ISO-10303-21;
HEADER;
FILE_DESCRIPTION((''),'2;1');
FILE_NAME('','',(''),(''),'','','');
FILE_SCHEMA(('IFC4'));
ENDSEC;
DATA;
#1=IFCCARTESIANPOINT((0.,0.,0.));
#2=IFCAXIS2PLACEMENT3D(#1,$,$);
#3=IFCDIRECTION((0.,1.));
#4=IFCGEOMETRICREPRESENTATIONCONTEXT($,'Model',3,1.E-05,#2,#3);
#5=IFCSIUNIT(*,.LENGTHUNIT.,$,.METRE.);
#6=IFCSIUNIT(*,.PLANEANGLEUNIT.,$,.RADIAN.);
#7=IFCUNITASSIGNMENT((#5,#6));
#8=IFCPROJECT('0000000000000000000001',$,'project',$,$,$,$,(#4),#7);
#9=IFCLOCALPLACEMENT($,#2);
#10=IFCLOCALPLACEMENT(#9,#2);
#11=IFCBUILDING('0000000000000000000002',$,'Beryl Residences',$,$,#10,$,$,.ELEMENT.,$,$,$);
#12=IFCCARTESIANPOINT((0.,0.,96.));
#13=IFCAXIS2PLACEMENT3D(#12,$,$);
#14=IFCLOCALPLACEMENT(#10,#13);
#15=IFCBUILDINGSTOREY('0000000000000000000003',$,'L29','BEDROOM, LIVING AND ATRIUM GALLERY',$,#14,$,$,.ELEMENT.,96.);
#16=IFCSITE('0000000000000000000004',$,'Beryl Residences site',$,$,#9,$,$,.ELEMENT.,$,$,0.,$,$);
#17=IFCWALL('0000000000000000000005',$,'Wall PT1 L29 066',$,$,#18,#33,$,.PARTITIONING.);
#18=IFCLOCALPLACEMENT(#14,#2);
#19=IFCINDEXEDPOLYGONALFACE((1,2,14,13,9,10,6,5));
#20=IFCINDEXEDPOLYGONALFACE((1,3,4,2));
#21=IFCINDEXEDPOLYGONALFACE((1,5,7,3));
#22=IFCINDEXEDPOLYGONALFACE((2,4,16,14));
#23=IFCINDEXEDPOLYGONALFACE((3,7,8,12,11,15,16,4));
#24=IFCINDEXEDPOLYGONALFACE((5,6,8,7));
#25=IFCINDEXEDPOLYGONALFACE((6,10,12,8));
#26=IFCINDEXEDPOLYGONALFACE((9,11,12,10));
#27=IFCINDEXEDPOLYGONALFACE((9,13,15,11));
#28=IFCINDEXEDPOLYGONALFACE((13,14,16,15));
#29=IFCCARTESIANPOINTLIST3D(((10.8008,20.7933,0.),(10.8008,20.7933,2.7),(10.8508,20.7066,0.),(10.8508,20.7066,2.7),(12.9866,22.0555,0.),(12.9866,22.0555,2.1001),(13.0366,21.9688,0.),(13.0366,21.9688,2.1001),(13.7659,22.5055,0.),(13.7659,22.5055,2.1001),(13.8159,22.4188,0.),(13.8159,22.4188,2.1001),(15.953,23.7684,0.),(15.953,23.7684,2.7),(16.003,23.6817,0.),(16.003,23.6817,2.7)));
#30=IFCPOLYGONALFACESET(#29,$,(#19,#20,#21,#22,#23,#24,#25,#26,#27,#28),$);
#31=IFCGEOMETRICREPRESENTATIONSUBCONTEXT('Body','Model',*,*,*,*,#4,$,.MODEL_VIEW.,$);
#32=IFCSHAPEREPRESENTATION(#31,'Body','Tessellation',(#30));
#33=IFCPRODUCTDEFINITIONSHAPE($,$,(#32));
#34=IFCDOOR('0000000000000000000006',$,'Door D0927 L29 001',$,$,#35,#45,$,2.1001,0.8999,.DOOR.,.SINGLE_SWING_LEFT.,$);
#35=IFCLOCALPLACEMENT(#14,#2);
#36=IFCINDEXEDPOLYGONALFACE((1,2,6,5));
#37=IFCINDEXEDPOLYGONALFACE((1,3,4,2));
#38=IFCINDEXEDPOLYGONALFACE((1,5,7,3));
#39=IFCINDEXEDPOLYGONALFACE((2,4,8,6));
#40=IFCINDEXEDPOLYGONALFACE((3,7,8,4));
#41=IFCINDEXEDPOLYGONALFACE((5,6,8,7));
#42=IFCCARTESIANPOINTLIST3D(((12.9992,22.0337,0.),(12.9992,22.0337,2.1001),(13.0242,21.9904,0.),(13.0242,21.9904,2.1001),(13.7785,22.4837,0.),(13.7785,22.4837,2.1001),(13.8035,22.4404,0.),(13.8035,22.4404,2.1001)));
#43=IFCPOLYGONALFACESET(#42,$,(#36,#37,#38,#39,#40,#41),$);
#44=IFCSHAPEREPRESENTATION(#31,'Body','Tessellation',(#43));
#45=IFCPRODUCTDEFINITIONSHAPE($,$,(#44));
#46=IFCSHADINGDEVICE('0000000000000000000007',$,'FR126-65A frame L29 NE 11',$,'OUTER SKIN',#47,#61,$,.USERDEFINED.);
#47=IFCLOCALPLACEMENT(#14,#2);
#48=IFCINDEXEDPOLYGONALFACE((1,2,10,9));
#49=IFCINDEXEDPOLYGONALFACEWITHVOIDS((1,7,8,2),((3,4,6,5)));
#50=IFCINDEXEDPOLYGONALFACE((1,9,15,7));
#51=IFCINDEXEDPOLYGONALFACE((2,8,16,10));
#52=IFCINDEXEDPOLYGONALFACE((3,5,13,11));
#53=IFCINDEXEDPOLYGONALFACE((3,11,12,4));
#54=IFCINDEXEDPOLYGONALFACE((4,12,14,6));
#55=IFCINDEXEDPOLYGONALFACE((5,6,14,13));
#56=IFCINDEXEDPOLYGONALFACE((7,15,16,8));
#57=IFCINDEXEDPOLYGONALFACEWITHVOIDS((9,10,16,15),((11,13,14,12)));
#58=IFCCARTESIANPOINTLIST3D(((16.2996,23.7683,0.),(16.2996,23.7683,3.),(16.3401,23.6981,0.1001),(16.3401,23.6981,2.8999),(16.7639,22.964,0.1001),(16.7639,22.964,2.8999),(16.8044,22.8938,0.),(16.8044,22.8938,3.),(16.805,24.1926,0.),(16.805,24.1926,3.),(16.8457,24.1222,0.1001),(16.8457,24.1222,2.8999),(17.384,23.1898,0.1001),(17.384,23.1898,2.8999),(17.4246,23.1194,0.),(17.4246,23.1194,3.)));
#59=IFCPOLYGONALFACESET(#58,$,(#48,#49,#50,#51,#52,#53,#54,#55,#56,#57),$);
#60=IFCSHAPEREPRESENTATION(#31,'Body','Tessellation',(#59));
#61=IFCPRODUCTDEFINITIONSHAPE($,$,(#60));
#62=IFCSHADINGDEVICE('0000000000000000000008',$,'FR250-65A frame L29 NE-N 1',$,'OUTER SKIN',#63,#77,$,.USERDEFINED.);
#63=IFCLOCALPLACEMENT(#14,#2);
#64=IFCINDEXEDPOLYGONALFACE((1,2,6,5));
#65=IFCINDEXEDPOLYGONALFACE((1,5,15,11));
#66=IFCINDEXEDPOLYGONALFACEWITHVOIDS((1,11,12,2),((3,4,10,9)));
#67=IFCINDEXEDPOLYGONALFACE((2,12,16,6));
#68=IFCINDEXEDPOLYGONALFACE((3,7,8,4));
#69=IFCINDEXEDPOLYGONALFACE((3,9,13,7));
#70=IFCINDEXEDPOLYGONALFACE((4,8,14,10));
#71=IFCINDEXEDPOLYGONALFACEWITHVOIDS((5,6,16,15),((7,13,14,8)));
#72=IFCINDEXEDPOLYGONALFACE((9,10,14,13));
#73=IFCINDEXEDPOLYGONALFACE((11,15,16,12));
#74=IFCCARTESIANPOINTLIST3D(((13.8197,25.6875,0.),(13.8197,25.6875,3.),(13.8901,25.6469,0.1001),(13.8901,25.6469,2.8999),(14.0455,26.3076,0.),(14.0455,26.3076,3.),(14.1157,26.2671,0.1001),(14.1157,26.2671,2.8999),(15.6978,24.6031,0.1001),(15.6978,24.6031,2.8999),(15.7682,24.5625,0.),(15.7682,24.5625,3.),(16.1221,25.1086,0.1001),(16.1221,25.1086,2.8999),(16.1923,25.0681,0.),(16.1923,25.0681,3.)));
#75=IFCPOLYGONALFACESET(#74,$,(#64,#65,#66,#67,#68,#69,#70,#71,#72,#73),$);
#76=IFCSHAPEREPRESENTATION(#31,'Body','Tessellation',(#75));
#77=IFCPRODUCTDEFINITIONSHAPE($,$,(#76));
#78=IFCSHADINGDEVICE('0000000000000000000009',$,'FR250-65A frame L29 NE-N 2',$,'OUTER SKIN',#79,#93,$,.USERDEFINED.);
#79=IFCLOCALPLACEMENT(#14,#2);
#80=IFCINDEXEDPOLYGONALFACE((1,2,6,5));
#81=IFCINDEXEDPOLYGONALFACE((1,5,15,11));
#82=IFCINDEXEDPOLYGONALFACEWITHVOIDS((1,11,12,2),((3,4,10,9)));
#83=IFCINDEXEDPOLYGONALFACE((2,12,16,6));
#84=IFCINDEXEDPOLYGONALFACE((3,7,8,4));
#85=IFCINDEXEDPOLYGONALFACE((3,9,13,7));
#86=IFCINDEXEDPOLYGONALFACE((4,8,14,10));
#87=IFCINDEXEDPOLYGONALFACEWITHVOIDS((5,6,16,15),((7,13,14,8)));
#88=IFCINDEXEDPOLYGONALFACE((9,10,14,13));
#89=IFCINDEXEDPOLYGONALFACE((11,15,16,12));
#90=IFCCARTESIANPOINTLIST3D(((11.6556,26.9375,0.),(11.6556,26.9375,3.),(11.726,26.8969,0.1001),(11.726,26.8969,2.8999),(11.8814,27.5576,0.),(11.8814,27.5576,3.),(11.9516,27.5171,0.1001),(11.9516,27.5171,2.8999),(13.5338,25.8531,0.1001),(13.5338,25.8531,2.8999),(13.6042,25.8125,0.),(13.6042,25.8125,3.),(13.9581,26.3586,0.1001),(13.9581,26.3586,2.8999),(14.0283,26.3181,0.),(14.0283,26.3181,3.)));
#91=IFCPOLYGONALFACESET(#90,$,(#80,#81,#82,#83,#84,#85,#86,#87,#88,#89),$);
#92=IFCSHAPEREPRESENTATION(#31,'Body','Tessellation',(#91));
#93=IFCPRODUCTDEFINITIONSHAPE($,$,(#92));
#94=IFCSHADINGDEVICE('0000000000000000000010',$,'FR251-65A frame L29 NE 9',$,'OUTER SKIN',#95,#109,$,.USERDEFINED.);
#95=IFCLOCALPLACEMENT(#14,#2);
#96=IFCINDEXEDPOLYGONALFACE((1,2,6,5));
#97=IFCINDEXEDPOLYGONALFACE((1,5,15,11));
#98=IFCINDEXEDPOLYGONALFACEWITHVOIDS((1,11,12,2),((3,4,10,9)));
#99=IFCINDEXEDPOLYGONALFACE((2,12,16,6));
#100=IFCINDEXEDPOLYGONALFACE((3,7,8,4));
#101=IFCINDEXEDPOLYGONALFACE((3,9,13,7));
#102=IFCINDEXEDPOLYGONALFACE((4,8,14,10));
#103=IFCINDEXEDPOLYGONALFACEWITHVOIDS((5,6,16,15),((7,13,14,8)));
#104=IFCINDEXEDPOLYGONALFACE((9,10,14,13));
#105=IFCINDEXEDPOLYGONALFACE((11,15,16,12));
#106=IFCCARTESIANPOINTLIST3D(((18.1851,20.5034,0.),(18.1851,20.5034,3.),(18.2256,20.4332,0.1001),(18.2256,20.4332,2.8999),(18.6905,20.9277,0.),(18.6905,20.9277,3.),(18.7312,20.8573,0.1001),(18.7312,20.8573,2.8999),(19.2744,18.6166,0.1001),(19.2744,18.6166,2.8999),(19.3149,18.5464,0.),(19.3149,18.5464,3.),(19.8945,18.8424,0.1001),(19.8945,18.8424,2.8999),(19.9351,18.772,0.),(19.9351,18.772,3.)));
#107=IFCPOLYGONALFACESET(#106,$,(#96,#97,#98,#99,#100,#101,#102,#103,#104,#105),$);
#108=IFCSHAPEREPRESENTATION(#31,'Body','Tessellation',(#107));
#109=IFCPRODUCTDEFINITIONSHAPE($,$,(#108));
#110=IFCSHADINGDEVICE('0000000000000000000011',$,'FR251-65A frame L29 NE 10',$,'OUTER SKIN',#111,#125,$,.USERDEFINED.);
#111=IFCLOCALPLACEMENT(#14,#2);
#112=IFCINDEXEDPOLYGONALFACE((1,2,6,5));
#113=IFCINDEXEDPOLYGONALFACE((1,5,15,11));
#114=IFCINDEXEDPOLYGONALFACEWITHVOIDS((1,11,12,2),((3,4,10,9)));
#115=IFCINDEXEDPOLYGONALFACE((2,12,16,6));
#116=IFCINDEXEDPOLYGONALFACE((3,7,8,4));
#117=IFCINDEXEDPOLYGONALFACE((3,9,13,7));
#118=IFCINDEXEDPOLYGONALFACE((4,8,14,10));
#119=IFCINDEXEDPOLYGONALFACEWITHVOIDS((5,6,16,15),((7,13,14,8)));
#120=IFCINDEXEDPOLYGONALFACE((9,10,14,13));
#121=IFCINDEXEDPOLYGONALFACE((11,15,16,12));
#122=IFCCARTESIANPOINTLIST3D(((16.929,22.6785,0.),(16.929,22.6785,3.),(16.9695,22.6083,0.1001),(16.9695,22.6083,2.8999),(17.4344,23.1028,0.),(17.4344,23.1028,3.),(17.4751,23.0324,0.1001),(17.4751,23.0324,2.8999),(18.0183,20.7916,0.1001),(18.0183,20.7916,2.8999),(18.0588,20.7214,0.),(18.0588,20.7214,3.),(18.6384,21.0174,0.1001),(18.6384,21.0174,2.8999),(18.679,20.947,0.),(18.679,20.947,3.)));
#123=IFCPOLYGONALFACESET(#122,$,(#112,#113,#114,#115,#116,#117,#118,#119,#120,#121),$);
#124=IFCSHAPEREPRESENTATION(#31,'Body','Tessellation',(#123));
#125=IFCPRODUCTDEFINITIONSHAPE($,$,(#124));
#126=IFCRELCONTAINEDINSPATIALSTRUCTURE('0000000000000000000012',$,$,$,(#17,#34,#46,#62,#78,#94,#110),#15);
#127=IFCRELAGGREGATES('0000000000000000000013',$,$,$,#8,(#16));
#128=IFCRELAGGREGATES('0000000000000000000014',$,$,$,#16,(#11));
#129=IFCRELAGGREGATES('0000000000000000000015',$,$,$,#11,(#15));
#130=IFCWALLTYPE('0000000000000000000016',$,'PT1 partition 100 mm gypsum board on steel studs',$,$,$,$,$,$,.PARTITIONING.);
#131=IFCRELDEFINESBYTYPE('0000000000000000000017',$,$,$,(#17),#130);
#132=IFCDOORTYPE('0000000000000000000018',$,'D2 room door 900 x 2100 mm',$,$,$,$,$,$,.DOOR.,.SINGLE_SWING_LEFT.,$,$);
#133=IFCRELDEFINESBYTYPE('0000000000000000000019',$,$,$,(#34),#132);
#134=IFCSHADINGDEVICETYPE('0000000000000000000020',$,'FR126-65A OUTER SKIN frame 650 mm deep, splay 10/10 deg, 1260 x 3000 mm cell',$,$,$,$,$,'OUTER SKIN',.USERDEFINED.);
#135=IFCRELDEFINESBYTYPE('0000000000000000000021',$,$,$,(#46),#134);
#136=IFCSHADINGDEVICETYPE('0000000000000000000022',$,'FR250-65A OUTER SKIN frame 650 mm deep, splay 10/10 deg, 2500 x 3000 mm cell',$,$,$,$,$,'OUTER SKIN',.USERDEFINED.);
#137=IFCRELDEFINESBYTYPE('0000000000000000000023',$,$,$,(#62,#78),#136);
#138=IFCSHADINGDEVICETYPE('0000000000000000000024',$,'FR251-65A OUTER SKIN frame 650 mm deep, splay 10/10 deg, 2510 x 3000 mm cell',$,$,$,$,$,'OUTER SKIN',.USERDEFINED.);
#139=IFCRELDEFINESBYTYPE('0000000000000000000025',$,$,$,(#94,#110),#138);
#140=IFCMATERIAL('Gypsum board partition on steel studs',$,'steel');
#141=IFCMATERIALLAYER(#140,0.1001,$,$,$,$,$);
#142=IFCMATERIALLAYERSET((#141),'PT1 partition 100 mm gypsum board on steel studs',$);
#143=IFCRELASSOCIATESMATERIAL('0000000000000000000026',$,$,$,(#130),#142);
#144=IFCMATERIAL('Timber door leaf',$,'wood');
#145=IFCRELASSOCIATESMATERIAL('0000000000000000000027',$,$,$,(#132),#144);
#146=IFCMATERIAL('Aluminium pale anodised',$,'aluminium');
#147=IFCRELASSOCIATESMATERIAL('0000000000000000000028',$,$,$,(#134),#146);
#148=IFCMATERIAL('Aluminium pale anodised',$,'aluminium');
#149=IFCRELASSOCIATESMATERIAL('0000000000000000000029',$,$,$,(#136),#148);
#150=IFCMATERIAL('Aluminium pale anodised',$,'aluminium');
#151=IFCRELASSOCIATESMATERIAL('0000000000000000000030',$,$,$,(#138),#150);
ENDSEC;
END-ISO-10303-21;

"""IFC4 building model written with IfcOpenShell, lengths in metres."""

from ifc_helpers import new_model, entity, si_unit, direction, frame, frame_2d, origin, place, context, subcontext, project, spatial, rectangle, extrude, source, transform, mapped, material, layer, layer_set, type_object, type_shapes, element, fill, save


model = new_model("IFC4")

# Units and contexts
model_context = context("Model", 3, precision=1e-05, world=origin(), true_north=direction((0.0, 1.0)))
body_context = subcontext(model_context, "Body", "Model", "MODEL_VIEW")
ifc_project = project(units=[si_unit("LENGTHUNIT", "METRE"), si_unit("PLANEANGLEUNIT", "RADIAN")], contexts=[model_context])

# Site, building, storey
site_placement = place(None, origin())
site = spatial("IfcSite", under=ifc_project, at=site_placement, Name="Beryl Residences site", CompositionType="ELEMENT", RefElevation=0.0)
building_placement = place(site_placement, origin())
building = spatial("IfcBuilding", under=site, at=building_placement, Name="Beryl Residences", CompositionType="ELEMENT")
storey_placement = place(building_placement, frame((0.0, 0.0, 96.0)))
storey = spatial("IfcBuildingStorey", under=building, at=storey_placement, Name="L29", Description="BEDROOM, LIVING AND ATRIUM GALLERY", CompositionType="ELEMENT", Elevation=96.0)

# Wall, opening, door
ifc_material_1 = material(Name="Gypsum board partition on steel studs", Category="steel")
ifc_layer_1 = layer(ifc_material_1, 0.1001)
ifc_layer_set_1 = layer_set([ifc_layer_1], Name="PT1 partition 100 mm gypsum board on steel studs")
wall_type_1 = type_object("IfcWallType", Name="PT1 partition 100 mm gypsum board on steel studs", PredefinedType="PARTITIONING", material=ifc_layer_set_1)
wall_1_placement = place(storey_placement, frame((10.8259, 20.75, 0.0), z_axis=(0.0, 0.0, 1.0), x_axis=(0.865987, 0.500067, 0.0)))
wall_1 = element("IfcWall", 1, at=wall_1_placement, inside=storey, type_object=wall_type_1, Name="Wall PT1 L29 066", PredefinedType="PARTITIONING", context=body_context, shape_type="SweptSolid", body=[
    extrude(rectangle(XDim=5.9495, YDim=0.1001, at=frame_2d((2.9746, 0.0))), origin(), (0.0, 0.0, 1.0), 2.7),
])
opening_1_placement = place(wall_1_placement, frame((2.5239, 0.0, 0.0)))
opening_1 = element("IfcOpeningElement", 2, at=opening_1_placement, cuts=wall_1, PredefinedType="OPENING", context=body_context, shape_type="SweptSolid", body=[
    extrude(rectangle(XDim=0.8999, YDim=2.1001, at=frame_2d((0.45, 1.05))), frame((0.0, 0.0601, 0.0), z_axis=(0.0, -1.0, 0.0), x_axis=(1.0, 0.0, 0.0)), (0.0, 0.0, 1.0), 0.1201),
])
ifc_material_2 = material(Name="Timber door leaf", Category="wood")
door_type = type_object("IfcDoorType", Name="D2 room door 900 x 2100 mm", OperationType="SINGLE_SWING_LEFT", PredefinedType="DOOR", material=ifc_material_2)
door_placement = place(opening_1_placement, origin())
door = element("IfcDoor", 3, at=door_placement, inside=storey, type_object=door_type, Name="Door D0927 L29 001", OperationType="SINGLE_SWING_LEFT", OverallHeight=2.1001, OverallWidth=0.8999, PredefinedType="DOOR", context=body_context, shape_type="SweptSolid", body=[
    extrude(rectangle(XDim=0.8999, YDim=2.1001, at=frame_2d((0.45, 1.05))), frame((0.0, 0.0249, 0.0), z_axis=(0.0, -1.0, 0.0), x_axis=(1.0, 0.0, 0.0)), (0.0, 0.0, 1.0), 0.05),
])
fill(opening_1, door)

# Shading devices
ifc_material_3 = material(Name="Aluminium pale anodised", Category="aluminium")
shading_device_type_1 = type_object("IfcShadingDeviceType", Name="FR126-65A OUTER SKIN frame 650 mm deep, splay 10/10 deg, 1260 x 3000 mm cell", ElementType="OUTER SKIN", PredefinedType="USERDEFINED", material=ifc_material_3)
cartesian_point_1 = entity("IfcCartesianPoint", [-0.5049, 0.0])
cartesian_point_2 = entity("IfcCartesianPoint", [-0.4238, 0.1001])
cartesian_point_3 = entity("IfcCartesianPoint", [-0.6196, 0.0])
cartesian_point_4 = entity("IfcCartesianPoint", [-0.5383, 0.1001])
shared_shape_1 = source(origin(), body_context, "Body", "SweptSolid", [
    entity("IfcExtrudedAreaSolidTapered", entity("IfcArbitraryProfileDefWithVoids", "AREA", None, entity("IfcPolyline", [cartesian_point_1, entity("IfcCartesianPoint", [0.5049, 0.0]), entity("IfcCartesianPoint", [0.5049, 3.0]), entity("IfcCartesianPoint", [-0.5049, 3.0]), cartesian_point_1]), [entity("IfcPolyline", [cartesian_point_2, entity("IfcCartesianPoint", [0.4238, 0.1001]), entity("IfcCartesianPoint", [0.4238, 2.8999]), entity("IfcCartesianPoint", [-0.4238, 2.8999]), cartesian_point_2])]), entity("IfcAxis2Placement3D", entity("IfcCartesianPoint", [0.0, 0.0, 0.0]), entity("IfcDirection", [0.0, 1.0, 0.0]), entity("IfcDirection", [-1.0, 0.0, 0.0])), entity("IfcDirection", [0.0, 0.0, 1.0]), 0.6499, entity("IfcArbitraryProfileDefWithVoids", "AREA", None, entity("IfcPolyline", [cartesian_point_3, entity("IfcCartesianPoint", [0.6196, 0.0]), entity("IfcCartesianPoint", [0.6196, 3.0]), entity("IfcCartesianPoint", [-0.6196, 3.0]), cartesian_point_3]), [entity("IfcPolyline", [cartesian_point_4, entity("IfcCartesianPoint", [0.5383, 0.1001]), entity("IfcCartesianPoint", [0.5383, 2.8999]), entity("IfcCartesianPoint", [-0.5383, 2.8999]), cartesian_point_4])])),
])
type_shapes(shading_device_type_1, [shared_shape_1])
shading_device_placement = place(storey_placement, frame((16.552, 23.3311, 0.0), z_axis=(0.0, 0.0, 1.0), x_axis=(0.5, -0.866025, 0.0)))
element("IfcShadingDevice", 4, at=shading_device_placement, inside=storey, type_object=shading_device_type_1, Name="FR126-65A frame L29 NE 11", ObjectType="OUTER SKIN", PredefinedType="USERDEFINED", context=body_context, shape_type="MappedRepresentation", body=[
    mapped(shared_shape_1, transform((0.0, 0.0, 0.0))),
])
ifc_material_4 = material(Name="Aluminium pale anodised", Category="aluminium")
shading_device_type_2 = type_object("IfcShadingDeviceType", Name="FR250-65A OUTER SKIN frame 650 mm deep, splay 10/10 deg, 2500 x 3000 mm cell", ElementType="OUTER SKIN", PredefinedType="USERDEFINED", material=ifc_material_4)
cartesian_point_5 = entity("IfcCartesianPoint", [-1.125, 0.0])
cartesian_point_6 = entity("IfcCartesianPoint", [-1.0437, 0.1001])
cartesian_point_7 = entity("IfcCartesianPoint", [-1.2395, 0.0])
cartesian_point_8 = entity("IfcCartesianPoint", [-1.1584, 0.1001])
shared_shape_2 = source(origin(), body_context, "Body", "SweptSolid", [
    entity("IfcExtrudedAreaSolidTapered", entity("IfcArbitraryProfileDefWithVoids", "AREA", None, entity("IfcPolyline", [cartesian_point_5, entity("IfcCartesianPoint", [1.125, 0.0]), entity("IfcCartesianPoint", [1.125, 3.0]), entity("IfcCartesianPoint", [-1.125, 3.0]), cartesian_point_5]), [entity("IfcPolyline", [cartesian_point_6, entity("IfcCartesianPoint", [1.0437, 0.1001]), entity("IfcCartesianPoint", [1.0437, 2.8999]), entity("IfcCartesianPoint", [-1.0437, 2.8999]), cartesian_point_6])]), entity("IfcAxis2Placement3D", entity("IfcCartesianPoint", [0.0, 0.0, 0.0]), entity("IfcDirection", [0.0, 1.0, 0.0]), entity("IfcDirection", [-1.0, 0.0, 0.0])), entity("IfcDirection", [0.0, 0.0, 1.0]), 0.6499, entity("IfcArbitraryProfileDefWithVoids", "AREA", None, entity("IfcPolyline", [cartesian_point_7, entity("IfcCartesianPoint", [1.2395, 0.0]), entity("IfcCartesianPoint", [1.2395, 3.0]), entity("IfcCartesianPoint", [-1.2395, 3.0]), cartesian_point_7]), [entity("IfcPolyline", [cartesian_point_8, entity("IfcCartesianPoint", [1.1584, 0.1001]), entity("IfcCartesianPoint", [1.1584, 2.8999]), entity("IfcCartesianPoint", [-1.1584, 2.8999]), cartesian_point_8])])),
])
type_shapes(shading_device_type_2, [shared_shape_2])
for number, where, z_axis, x_axis, name in (
    (5, (14.7939, 25.125, 0.0), (0.0, 0.0, 1.0), (0.866025, -0.5, 0.0), "FR250-65A frame L29 NE-N 1"),
    (6, (12.6299, 26.375, 0.0), (0.0, 0.0, 1.0), (0.866025, -0.5, 0.0), "FR250-65A frame L29 NE-N 2"),
):
    element("IfcShadingDevice", number, at=place(storey_placement, frame(where, z_axis=z_axis, x_axis=x_axis)), inside=storey, type_object=shading_device_type_2, Name=name, ObjectType="OUTER SKIN", PredefinedType="USERDEFINED", context=body_context, shape_type="MappedRepresentation", body=[
        mapped(shared_shape_2, transform((0.0, 0.0, 0.0))),
    ])
ifc_material_5 = material(Name="Aluminium pale anodised", Category="aluminium")
shading_device_type_3 = type_object("IfcShadingDeviceType", Name="FR251-65A OUTER SKIN frame 650 mm deep, splay 10/10 deg, 2510 x 3000 mm cell", ElementType="OUTER SKIN", PredefinedType="USERDEFINED", material=ifc_material_5)
cartesian_point_9 = entity("IfcCartesianPoint", [-1.1299, 0.0])
cartesian_point_10 = entity("IfcCartesianPoint", [-1.0488, 0.1001])
cartesian_point_11 = entity("IfcCartesianPoint", [-1.2446, 0.0])
cartesian_point_12 = entity("IfcCartesianPoint", [-1.1633, 0.1001])
shared_shape_3 = source(origin(), body_context, "Body", "SweptSolid", [
    entity("IfcExtrudedAreaSolidTapered", entity("IfcArbitraryProfileDefWithVoids", "AREA", None, entity("IfcPolyline", [cartesian_point_9, entity("IfcCartesianPoint", [1.1299, 0.0]), entity("IfcCartesianPoint", [1.1299, 3.0]), entity("IfcCartesianPoint", [-1.1299, 3.0]), cartesian_point_9]), [entity("IfcPolyline", [cartesian_point_10, entity("IfcCartesianPoint", [1.0488, 0.1001]), entity("IfcCartesianPoint", [1.0488, 2.8999]), entity("IfcCartesianPoint", [-1.0488, 2.8999]), cartesian_point_10])]), entity("IfcAxis2Placement3D", entity("IfcCartesianPoint", [0.0, 0.0, 0.0]), entity("IfcDirection", [0.0, 1.0, 0.0]), entity("IfcDirection", [-1.0, 0.0, 0.0])), entity("IfcDirection", [0.0, 0.0, 1.0]), 0.6499, entity("IfcArbitraryProfileDefWithVoids", "AREA", None, entity("IfcPolyline", [cartesian_point_11, entity("IfcCartesianPoint", [1.2446, 0.0]), entity("IfcCartesianPoint", [1.2446, 3.0]), entity("IfcCartesianPoint", [-1.2446, 3.0]), cartesian_point_11]), [entity("IfcPolyline", [cartesian_point_12, entity("IfcCartesianPoint", [1.1633, 0.1001]), entity("IfcCartesianPoint", [1.1633, 2.8999]), entity("IfcCartesianPoint", [-1.1633, 2.8999]), cartesian_point_12])])),
])
type_shapes(shading_device_type_3, [shared_shape_3])
for number, where, z_axis, x_axis, name in (
    (7, (18.75, 19.5249, 0.0), (0.0, 0.0, 1.0), (0.5, -0.866025, 0.0), "FR251-65A frame L29 NE 9"),
    (8, (17.4939, 21.7, 0.0), (0.0, 0.0, 1.0), (0.5, -0.866025, 0.0), "FR251-65A frame L29 NE 10"),
):
    element("IfcShadingDevice", number, at=place(storey_placement, frame(where, z_axis=z_axis, x_axis=x_axis)), inside=storey, type_object=shading_device_type_3, Name=name, ObjectType="OUTER SKIN", PredefinedType="USERDEFINED", context=body_context, shape_type="MappedRepresentation", body=[
        mapped(shared_shape_3, transform((0.0, 0.0, 0.0))),
    ])

save(model, "model.ifc")
